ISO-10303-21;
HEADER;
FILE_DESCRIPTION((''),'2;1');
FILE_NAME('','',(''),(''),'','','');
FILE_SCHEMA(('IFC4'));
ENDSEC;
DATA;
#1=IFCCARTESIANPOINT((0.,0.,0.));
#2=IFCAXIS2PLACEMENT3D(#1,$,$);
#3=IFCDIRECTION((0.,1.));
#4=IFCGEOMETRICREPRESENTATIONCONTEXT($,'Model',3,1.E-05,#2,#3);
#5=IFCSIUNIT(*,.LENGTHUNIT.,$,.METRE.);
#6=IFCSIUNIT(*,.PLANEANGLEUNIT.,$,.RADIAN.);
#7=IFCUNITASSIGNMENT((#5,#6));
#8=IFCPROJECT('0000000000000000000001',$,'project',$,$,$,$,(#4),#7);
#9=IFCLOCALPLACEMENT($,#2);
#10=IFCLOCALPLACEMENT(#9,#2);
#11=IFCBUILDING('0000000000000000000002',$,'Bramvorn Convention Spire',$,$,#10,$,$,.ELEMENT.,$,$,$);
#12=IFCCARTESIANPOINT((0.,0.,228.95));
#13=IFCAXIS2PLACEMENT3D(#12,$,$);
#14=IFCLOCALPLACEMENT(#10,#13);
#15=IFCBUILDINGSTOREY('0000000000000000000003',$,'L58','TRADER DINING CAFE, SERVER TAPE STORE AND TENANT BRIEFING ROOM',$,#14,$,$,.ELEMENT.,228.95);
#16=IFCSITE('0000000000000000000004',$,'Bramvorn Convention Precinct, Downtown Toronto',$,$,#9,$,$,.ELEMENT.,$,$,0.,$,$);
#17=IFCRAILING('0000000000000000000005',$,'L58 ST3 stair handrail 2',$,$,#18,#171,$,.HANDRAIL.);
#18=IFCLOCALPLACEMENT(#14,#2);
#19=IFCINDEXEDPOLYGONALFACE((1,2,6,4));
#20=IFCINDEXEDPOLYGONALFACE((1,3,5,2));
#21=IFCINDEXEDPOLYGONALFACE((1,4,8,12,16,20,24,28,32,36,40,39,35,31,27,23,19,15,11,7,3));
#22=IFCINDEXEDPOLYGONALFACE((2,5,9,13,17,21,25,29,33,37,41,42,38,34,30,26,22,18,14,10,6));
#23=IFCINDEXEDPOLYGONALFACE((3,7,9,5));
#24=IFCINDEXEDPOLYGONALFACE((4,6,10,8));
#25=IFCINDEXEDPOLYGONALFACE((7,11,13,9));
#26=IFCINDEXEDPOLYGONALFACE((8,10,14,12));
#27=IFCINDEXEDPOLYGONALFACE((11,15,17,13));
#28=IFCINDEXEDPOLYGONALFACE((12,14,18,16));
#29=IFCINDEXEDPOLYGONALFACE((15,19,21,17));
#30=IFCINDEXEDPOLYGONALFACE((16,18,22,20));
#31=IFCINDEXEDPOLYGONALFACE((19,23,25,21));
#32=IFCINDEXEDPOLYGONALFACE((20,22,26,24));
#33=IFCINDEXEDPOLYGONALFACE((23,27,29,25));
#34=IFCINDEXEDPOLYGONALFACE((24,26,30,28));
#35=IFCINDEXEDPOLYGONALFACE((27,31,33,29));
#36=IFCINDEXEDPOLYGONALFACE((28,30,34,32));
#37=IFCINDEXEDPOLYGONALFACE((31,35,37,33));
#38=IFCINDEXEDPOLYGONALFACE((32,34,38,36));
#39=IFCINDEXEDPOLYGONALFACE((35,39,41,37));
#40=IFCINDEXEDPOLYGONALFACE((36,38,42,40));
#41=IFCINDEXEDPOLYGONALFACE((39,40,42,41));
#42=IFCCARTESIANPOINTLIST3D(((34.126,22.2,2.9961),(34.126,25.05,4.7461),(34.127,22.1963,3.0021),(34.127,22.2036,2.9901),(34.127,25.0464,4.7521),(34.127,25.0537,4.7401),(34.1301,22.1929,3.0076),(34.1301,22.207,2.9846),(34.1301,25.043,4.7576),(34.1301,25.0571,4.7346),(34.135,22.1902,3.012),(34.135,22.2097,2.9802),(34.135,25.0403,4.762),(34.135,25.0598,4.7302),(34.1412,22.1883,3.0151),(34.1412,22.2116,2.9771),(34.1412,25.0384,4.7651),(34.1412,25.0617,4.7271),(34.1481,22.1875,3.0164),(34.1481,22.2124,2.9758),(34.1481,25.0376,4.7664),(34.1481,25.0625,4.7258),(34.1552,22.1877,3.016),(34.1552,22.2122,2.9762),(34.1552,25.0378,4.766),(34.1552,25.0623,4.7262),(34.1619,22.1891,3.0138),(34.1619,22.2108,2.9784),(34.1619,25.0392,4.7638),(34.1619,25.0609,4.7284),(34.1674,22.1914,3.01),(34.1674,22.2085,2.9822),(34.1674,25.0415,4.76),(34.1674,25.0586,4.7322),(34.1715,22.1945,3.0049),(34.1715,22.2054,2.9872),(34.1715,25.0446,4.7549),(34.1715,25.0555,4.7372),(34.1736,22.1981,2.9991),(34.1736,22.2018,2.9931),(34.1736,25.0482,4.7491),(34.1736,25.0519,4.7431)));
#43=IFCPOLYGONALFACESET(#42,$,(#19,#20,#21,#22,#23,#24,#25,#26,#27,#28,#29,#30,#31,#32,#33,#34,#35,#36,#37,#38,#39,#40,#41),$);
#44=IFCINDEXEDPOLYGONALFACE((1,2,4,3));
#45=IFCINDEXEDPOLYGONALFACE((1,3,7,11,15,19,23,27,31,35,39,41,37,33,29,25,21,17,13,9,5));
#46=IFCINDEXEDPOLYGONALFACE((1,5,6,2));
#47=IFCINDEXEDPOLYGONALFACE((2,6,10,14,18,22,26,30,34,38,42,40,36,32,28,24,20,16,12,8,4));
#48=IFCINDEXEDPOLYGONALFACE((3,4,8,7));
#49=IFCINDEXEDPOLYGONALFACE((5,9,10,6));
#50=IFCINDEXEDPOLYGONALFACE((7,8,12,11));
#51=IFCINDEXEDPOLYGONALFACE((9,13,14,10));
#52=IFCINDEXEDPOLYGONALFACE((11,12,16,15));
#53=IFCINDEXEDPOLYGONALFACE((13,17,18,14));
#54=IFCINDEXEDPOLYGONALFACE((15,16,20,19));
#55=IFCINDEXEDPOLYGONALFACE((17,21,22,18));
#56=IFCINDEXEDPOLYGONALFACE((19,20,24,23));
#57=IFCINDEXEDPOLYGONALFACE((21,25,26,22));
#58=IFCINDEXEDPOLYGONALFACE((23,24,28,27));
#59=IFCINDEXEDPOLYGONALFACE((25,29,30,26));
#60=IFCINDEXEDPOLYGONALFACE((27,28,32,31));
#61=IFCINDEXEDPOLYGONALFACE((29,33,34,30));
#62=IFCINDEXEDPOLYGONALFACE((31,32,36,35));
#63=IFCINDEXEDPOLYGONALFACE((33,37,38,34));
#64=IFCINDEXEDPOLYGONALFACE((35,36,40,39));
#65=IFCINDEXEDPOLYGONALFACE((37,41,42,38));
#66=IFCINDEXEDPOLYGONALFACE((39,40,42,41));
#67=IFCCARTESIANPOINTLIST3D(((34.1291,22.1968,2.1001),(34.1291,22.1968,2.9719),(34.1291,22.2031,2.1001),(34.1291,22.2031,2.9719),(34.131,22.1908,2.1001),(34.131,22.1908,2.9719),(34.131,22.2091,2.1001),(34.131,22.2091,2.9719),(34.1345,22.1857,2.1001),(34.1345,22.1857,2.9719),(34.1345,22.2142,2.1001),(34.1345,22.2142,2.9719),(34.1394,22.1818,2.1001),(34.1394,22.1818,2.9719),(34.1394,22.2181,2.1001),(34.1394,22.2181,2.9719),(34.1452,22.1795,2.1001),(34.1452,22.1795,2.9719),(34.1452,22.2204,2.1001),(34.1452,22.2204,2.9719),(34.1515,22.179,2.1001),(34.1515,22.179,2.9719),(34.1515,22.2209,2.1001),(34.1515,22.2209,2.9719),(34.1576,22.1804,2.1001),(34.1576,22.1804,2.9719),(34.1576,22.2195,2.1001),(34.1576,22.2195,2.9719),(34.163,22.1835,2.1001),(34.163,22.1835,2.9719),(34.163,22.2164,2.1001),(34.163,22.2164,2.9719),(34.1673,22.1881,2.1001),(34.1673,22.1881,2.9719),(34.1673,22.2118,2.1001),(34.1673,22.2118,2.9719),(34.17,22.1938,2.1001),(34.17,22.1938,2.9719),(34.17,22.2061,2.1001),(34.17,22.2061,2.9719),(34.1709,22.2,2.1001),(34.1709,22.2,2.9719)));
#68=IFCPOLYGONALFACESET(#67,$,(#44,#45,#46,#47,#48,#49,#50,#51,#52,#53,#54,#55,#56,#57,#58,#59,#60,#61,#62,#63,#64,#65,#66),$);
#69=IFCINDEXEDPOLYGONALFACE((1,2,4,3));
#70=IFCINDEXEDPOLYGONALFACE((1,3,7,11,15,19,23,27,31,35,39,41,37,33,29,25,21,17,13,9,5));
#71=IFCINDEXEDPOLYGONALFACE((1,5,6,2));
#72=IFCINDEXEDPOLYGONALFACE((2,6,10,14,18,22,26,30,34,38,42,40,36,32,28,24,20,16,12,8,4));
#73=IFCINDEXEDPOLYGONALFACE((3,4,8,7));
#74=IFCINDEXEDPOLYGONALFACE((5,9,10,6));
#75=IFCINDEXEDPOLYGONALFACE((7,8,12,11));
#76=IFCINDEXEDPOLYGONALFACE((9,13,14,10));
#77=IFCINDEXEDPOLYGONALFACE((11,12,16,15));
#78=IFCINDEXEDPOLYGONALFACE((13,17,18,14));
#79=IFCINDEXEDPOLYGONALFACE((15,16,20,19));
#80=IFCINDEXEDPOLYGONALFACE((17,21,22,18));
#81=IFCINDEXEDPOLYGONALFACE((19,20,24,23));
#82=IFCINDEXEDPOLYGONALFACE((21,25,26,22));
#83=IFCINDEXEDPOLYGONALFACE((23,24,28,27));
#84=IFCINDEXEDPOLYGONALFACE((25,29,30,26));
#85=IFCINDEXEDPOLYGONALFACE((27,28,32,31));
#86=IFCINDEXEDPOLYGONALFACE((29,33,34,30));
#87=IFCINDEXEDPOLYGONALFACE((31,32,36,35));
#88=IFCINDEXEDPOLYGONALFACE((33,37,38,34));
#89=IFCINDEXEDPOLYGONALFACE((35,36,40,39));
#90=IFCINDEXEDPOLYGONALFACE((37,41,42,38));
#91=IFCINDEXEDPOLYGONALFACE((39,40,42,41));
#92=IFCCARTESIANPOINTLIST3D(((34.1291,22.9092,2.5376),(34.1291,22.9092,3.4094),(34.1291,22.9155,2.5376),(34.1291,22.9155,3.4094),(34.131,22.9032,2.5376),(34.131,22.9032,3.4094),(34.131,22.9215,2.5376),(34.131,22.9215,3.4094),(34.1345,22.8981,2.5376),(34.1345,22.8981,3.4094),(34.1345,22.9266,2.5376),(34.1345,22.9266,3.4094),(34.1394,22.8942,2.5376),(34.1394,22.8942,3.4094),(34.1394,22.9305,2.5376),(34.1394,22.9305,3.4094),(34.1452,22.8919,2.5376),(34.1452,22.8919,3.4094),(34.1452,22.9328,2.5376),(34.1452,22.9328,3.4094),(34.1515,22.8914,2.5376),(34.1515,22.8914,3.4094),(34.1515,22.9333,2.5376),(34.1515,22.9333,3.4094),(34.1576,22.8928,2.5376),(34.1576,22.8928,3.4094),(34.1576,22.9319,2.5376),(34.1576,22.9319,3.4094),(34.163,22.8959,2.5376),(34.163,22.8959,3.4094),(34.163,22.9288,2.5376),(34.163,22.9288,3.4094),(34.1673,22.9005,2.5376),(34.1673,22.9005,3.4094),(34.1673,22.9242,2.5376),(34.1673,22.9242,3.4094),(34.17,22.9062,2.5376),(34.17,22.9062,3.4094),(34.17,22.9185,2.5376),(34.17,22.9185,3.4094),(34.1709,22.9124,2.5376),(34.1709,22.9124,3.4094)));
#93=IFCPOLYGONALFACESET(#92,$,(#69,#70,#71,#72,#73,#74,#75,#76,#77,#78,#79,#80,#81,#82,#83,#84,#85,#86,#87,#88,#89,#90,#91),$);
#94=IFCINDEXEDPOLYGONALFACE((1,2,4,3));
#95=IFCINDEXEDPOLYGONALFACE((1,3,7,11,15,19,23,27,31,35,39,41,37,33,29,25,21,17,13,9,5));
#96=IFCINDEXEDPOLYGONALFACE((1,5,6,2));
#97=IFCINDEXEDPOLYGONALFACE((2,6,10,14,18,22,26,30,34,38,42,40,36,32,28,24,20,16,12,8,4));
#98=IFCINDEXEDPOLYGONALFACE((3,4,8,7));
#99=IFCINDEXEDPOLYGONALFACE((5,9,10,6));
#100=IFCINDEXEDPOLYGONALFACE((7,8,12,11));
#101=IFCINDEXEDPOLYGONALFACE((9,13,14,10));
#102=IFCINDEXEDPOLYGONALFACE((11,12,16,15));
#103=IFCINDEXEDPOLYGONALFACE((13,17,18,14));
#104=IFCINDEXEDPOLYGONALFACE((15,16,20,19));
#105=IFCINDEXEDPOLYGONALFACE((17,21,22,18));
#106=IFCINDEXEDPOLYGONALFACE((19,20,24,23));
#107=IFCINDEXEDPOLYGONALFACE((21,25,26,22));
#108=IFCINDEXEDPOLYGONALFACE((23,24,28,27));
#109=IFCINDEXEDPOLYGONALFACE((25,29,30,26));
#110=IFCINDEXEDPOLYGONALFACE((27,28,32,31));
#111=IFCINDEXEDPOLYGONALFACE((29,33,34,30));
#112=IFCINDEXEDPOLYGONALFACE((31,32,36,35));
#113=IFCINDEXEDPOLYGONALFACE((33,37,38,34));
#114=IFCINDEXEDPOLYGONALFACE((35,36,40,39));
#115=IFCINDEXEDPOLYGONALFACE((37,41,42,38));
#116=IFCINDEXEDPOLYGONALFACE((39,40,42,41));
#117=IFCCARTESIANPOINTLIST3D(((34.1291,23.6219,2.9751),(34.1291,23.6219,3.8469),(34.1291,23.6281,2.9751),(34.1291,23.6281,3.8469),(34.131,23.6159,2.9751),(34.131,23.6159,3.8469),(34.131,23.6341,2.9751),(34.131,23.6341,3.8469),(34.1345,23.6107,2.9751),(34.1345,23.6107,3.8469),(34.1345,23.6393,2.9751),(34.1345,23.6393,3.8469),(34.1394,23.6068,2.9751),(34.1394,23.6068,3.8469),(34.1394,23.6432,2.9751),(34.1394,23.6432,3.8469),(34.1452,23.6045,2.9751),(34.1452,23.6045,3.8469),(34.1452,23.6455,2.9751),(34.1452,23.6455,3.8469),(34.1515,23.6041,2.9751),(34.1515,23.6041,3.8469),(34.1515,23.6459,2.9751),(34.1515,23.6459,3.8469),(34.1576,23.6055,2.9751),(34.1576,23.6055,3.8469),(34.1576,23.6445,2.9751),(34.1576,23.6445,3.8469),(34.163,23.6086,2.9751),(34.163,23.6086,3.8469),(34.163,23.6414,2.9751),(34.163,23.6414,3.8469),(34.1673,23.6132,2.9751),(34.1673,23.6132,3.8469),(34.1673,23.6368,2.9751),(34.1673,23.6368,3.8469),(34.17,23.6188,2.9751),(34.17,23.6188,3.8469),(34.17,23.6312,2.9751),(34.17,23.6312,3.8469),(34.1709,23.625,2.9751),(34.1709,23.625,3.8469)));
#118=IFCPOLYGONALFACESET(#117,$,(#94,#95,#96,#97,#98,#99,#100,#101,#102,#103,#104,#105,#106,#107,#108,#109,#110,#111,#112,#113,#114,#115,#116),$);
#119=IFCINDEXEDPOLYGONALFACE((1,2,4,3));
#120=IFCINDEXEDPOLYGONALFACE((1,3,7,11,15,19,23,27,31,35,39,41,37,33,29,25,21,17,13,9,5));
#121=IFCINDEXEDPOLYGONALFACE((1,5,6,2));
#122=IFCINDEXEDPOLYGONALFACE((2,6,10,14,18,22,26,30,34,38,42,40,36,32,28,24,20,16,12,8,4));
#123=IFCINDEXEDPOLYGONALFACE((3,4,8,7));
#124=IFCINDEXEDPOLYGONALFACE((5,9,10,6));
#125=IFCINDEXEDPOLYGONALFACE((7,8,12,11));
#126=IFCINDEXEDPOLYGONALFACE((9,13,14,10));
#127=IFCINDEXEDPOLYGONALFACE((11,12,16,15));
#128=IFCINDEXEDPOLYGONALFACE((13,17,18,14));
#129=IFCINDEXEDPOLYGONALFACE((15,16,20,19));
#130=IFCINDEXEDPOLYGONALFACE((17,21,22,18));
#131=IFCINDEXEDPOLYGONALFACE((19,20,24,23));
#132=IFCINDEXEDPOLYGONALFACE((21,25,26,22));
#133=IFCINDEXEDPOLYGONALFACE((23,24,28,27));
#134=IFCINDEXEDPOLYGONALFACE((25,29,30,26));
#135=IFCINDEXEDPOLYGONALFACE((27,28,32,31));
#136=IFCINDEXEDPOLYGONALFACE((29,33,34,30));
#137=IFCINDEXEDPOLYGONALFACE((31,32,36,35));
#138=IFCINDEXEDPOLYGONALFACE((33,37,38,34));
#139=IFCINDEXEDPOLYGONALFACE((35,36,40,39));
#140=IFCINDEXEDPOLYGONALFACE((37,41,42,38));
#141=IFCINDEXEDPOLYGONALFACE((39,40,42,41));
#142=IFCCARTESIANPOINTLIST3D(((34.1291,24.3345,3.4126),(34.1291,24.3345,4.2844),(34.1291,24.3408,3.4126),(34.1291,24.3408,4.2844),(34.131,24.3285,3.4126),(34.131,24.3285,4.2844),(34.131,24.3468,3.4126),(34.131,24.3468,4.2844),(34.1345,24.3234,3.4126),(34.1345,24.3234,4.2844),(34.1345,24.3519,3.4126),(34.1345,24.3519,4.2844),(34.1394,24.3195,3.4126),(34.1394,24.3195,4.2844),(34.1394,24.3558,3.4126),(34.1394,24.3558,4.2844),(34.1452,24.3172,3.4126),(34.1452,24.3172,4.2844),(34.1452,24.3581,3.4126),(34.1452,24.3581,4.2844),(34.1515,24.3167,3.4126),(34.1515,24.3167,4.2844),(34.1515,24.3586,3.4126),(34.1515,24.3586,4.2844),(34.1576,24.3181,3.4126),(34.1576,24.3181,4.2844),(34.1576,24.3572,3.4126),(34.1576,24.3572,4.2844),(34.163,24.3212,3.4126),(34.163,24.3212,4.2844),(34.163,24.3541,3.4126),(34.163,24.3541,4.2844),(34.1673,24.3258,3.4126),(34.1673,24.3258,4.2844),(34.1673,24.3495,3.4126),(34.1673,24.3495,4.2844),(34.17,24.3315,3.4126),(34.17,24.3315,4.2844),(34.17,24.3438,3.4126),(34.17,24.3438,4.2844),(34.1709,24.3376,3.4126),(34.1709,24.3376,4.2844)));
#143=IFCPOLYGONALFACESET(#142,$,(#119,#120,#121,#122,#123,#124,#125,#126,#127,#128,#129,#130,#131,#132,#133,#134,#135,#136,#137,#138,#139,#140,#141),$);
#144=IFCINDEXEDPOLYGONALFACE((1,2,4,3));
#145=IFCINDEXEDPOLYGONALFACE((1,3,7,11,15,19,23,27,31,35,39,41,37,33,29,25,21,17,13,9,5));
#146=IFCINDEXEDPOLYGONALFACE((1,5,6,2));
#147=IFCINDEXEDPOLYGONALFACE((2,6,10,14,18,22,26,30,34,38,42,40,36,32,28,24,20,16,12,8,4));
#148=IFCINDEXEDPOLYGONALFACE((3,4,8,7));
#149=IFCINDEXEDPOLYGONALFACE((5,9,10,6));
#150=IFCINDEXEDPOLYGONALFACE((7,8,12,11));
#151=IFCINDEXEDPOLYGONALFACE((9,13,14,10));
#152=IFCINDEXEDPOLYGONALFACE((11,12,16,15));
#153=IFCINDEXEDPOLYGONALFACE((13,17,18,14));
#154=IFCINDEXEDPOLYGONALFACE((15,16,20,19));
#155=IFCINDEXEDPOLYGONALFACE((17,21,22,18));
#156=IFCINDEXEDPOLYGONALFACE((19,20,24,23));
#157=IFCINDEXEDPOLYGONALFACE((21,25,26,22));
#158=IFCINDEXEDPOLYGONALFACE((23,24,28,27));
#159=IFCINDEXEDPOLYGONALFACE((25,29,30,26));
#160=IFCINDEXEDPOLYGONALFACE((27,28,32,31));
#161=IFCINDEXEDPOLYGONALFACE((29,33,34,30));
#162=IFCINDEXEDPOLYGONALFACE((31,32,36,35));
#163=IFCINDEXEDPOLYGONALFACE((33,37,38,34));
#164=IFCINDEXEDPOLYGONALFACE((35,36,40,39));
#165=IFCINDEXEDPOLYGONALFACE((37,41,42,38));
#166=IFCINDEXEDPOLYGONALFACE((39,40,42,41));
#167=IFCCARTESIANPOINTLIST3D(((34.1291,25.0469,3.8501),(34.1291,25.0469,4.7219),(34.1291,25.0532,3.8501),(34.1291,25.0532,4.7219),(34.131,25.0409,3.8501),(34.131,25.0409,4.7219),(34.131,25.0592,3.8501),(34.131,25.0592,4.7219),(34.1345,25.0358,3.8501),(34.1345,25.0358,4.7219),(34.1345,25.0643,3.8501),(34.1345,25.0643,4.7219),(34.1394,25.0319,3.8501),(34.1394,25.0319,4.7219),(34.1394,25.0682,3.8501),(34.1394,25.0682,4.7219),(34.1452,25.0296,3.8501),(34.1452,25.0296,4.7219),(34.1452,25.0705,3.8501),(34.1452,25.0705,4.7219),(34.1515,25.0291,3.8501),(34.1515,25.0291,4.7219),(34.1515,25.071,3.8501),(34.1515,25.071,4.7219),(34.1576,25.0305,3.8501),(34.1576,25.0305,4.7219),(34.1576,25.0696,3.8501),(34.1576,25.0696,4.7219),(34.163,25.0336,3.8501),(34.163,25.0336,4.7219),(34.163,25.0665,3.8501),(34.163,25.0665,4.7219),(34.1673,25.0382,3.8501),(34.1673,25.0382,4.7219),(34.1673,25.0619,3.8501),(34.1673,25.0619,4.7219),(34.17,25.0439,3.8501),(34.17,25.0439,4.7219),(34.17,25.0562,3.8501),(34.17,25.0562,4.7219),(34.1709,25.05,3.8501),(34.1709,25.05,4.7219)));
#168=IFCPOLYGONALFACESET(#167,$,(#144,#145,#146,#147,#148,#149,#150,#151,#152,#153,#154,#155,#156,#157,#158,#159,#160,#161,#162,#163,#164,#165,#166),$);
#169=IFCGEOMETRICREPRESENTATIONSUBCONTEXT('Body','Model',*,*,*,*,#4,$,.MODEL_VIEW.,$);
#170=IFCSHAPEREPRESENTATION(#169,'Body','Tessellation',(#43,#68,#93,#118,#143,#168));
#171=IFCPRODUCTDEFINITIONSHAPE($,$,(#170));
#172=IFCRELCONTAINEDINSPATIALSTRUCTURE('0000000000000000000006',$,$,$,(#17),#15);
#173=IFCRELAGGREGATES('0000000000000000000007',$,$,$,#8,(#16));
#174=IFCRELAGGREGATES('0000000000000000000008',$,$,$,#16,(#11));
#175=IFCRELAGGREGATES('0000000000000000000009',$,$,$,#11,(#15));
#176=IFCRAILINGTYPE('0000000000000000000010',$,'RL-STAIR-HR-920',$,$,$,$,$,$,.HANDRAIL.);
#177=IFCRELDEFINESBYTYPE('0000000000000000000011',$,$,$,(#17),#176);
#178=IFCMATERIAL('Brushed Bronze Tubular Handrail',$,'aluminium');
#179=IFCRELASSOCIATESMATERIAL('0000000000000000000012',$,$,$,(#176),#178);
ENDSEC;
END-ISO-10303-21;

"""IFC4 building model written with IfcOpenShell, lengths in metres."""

from ifc_helpers import new_model, si_unit, direction, frame, origin, origin_2d, place, context, subcontext, project, spatial, circle, extrude, material, type_object, element, save


model = new_model("IFC4")

# Units and contexts
model_context = context("Model", 3, precision=1e-05, world=origin(), true_north=direction((0.0, 1.0)))
body_context = subcontext(model_context, "Body", "Model", "MODEL_VIEW")
ifc_project = project(units=[si_unit("LENGTHUNIT", "METRE"), si_unit("PLANEANGLEUNIT", "RADIAN")], contexts=[model_context])

# Site, building, storey
site_placement = place(None, origin())
site = spatial("IfcSite", under=ifc_project, at=site_placement, Name="Bramvorn Convention Precinct, Downtown Toronto", CompositionType="ELEMENT", RefElevation=0.0)
building_placement = place(site_placement, origin())
building = spatial("IfcBuilding", under=site, at=building_placement, Name="Bramvorn Convention Spire", CompositionType="ELEMENT")
storey_placement = place(building_placement, frame((0.0, 0.0, 228.95)))
storey = spatial("IfcBuildingStorey", under=building, at=storey_placement, Name="L58", Description="TRADER DINING CAFE, SERVER TAPE STORE AND TENANT BRIEFING ROOM", CompositionType="ELEMENT", Elevation=228.95)

# Railing
ifc_material_1 = material(Name="Brushed Bronze Tubular Handrail", Category="aluminium")
railing_type_1 = type_object("IfcRailingType", Name="RL-STAIR-HR-920", PredefinedType="HANDRAIL", material=ifc_material_1)
railing_1_placement = place(storey_placement, frame((34.1499, 22.2, 2.1001)))
element("IfcRailing", 1, at=railing_1_placement, inside=storey, type_object=railing_type_1, Name="L58 ST3 stair handrail 2", PredefinedType="HANDRAIL", context=body_context, shape_type="SweptSolid", body=[
    extrude(circle(Radius=0.0239, at=origin_2d()), frame((0.0, 0.0, 0.896), z_axis=(0.0, 0.852179, 0.52325), x_axis=(-1.0, 0.0, 0.0)), (0.0, 0.0, 1.0), 3.3445),
    extrude(circle(Radius=0.021, at=origin_2d()), origin(), (0.0, 0.0, 1.0), 0.8718),
    extrude(circle(Radius=0.021, at=origin_2d()), frame((0.0, 0.7124, 0.4375)), (0.0, 0.0, 1.0), 0.8718),
    extrude(circle(Radius=0.021, at=origin_2d()), frame((0.0, 1.425, 0.875)), (0.0, 0.0, 1.0), 0.8718),
    extrude(circle(Radius=0.021, at=origin_2d()), frame((0.0, 2.1377, 1.3125)), (0.0, 0.0, 1.0), 0.8718),
    extrude(circle(Radius=0.021, at=origin_2d()), frame((0.0, 2.8501, 1.75)), (0.0, 0.0, 1.0), 0.8718),
])

save(model, "model.ifc")
